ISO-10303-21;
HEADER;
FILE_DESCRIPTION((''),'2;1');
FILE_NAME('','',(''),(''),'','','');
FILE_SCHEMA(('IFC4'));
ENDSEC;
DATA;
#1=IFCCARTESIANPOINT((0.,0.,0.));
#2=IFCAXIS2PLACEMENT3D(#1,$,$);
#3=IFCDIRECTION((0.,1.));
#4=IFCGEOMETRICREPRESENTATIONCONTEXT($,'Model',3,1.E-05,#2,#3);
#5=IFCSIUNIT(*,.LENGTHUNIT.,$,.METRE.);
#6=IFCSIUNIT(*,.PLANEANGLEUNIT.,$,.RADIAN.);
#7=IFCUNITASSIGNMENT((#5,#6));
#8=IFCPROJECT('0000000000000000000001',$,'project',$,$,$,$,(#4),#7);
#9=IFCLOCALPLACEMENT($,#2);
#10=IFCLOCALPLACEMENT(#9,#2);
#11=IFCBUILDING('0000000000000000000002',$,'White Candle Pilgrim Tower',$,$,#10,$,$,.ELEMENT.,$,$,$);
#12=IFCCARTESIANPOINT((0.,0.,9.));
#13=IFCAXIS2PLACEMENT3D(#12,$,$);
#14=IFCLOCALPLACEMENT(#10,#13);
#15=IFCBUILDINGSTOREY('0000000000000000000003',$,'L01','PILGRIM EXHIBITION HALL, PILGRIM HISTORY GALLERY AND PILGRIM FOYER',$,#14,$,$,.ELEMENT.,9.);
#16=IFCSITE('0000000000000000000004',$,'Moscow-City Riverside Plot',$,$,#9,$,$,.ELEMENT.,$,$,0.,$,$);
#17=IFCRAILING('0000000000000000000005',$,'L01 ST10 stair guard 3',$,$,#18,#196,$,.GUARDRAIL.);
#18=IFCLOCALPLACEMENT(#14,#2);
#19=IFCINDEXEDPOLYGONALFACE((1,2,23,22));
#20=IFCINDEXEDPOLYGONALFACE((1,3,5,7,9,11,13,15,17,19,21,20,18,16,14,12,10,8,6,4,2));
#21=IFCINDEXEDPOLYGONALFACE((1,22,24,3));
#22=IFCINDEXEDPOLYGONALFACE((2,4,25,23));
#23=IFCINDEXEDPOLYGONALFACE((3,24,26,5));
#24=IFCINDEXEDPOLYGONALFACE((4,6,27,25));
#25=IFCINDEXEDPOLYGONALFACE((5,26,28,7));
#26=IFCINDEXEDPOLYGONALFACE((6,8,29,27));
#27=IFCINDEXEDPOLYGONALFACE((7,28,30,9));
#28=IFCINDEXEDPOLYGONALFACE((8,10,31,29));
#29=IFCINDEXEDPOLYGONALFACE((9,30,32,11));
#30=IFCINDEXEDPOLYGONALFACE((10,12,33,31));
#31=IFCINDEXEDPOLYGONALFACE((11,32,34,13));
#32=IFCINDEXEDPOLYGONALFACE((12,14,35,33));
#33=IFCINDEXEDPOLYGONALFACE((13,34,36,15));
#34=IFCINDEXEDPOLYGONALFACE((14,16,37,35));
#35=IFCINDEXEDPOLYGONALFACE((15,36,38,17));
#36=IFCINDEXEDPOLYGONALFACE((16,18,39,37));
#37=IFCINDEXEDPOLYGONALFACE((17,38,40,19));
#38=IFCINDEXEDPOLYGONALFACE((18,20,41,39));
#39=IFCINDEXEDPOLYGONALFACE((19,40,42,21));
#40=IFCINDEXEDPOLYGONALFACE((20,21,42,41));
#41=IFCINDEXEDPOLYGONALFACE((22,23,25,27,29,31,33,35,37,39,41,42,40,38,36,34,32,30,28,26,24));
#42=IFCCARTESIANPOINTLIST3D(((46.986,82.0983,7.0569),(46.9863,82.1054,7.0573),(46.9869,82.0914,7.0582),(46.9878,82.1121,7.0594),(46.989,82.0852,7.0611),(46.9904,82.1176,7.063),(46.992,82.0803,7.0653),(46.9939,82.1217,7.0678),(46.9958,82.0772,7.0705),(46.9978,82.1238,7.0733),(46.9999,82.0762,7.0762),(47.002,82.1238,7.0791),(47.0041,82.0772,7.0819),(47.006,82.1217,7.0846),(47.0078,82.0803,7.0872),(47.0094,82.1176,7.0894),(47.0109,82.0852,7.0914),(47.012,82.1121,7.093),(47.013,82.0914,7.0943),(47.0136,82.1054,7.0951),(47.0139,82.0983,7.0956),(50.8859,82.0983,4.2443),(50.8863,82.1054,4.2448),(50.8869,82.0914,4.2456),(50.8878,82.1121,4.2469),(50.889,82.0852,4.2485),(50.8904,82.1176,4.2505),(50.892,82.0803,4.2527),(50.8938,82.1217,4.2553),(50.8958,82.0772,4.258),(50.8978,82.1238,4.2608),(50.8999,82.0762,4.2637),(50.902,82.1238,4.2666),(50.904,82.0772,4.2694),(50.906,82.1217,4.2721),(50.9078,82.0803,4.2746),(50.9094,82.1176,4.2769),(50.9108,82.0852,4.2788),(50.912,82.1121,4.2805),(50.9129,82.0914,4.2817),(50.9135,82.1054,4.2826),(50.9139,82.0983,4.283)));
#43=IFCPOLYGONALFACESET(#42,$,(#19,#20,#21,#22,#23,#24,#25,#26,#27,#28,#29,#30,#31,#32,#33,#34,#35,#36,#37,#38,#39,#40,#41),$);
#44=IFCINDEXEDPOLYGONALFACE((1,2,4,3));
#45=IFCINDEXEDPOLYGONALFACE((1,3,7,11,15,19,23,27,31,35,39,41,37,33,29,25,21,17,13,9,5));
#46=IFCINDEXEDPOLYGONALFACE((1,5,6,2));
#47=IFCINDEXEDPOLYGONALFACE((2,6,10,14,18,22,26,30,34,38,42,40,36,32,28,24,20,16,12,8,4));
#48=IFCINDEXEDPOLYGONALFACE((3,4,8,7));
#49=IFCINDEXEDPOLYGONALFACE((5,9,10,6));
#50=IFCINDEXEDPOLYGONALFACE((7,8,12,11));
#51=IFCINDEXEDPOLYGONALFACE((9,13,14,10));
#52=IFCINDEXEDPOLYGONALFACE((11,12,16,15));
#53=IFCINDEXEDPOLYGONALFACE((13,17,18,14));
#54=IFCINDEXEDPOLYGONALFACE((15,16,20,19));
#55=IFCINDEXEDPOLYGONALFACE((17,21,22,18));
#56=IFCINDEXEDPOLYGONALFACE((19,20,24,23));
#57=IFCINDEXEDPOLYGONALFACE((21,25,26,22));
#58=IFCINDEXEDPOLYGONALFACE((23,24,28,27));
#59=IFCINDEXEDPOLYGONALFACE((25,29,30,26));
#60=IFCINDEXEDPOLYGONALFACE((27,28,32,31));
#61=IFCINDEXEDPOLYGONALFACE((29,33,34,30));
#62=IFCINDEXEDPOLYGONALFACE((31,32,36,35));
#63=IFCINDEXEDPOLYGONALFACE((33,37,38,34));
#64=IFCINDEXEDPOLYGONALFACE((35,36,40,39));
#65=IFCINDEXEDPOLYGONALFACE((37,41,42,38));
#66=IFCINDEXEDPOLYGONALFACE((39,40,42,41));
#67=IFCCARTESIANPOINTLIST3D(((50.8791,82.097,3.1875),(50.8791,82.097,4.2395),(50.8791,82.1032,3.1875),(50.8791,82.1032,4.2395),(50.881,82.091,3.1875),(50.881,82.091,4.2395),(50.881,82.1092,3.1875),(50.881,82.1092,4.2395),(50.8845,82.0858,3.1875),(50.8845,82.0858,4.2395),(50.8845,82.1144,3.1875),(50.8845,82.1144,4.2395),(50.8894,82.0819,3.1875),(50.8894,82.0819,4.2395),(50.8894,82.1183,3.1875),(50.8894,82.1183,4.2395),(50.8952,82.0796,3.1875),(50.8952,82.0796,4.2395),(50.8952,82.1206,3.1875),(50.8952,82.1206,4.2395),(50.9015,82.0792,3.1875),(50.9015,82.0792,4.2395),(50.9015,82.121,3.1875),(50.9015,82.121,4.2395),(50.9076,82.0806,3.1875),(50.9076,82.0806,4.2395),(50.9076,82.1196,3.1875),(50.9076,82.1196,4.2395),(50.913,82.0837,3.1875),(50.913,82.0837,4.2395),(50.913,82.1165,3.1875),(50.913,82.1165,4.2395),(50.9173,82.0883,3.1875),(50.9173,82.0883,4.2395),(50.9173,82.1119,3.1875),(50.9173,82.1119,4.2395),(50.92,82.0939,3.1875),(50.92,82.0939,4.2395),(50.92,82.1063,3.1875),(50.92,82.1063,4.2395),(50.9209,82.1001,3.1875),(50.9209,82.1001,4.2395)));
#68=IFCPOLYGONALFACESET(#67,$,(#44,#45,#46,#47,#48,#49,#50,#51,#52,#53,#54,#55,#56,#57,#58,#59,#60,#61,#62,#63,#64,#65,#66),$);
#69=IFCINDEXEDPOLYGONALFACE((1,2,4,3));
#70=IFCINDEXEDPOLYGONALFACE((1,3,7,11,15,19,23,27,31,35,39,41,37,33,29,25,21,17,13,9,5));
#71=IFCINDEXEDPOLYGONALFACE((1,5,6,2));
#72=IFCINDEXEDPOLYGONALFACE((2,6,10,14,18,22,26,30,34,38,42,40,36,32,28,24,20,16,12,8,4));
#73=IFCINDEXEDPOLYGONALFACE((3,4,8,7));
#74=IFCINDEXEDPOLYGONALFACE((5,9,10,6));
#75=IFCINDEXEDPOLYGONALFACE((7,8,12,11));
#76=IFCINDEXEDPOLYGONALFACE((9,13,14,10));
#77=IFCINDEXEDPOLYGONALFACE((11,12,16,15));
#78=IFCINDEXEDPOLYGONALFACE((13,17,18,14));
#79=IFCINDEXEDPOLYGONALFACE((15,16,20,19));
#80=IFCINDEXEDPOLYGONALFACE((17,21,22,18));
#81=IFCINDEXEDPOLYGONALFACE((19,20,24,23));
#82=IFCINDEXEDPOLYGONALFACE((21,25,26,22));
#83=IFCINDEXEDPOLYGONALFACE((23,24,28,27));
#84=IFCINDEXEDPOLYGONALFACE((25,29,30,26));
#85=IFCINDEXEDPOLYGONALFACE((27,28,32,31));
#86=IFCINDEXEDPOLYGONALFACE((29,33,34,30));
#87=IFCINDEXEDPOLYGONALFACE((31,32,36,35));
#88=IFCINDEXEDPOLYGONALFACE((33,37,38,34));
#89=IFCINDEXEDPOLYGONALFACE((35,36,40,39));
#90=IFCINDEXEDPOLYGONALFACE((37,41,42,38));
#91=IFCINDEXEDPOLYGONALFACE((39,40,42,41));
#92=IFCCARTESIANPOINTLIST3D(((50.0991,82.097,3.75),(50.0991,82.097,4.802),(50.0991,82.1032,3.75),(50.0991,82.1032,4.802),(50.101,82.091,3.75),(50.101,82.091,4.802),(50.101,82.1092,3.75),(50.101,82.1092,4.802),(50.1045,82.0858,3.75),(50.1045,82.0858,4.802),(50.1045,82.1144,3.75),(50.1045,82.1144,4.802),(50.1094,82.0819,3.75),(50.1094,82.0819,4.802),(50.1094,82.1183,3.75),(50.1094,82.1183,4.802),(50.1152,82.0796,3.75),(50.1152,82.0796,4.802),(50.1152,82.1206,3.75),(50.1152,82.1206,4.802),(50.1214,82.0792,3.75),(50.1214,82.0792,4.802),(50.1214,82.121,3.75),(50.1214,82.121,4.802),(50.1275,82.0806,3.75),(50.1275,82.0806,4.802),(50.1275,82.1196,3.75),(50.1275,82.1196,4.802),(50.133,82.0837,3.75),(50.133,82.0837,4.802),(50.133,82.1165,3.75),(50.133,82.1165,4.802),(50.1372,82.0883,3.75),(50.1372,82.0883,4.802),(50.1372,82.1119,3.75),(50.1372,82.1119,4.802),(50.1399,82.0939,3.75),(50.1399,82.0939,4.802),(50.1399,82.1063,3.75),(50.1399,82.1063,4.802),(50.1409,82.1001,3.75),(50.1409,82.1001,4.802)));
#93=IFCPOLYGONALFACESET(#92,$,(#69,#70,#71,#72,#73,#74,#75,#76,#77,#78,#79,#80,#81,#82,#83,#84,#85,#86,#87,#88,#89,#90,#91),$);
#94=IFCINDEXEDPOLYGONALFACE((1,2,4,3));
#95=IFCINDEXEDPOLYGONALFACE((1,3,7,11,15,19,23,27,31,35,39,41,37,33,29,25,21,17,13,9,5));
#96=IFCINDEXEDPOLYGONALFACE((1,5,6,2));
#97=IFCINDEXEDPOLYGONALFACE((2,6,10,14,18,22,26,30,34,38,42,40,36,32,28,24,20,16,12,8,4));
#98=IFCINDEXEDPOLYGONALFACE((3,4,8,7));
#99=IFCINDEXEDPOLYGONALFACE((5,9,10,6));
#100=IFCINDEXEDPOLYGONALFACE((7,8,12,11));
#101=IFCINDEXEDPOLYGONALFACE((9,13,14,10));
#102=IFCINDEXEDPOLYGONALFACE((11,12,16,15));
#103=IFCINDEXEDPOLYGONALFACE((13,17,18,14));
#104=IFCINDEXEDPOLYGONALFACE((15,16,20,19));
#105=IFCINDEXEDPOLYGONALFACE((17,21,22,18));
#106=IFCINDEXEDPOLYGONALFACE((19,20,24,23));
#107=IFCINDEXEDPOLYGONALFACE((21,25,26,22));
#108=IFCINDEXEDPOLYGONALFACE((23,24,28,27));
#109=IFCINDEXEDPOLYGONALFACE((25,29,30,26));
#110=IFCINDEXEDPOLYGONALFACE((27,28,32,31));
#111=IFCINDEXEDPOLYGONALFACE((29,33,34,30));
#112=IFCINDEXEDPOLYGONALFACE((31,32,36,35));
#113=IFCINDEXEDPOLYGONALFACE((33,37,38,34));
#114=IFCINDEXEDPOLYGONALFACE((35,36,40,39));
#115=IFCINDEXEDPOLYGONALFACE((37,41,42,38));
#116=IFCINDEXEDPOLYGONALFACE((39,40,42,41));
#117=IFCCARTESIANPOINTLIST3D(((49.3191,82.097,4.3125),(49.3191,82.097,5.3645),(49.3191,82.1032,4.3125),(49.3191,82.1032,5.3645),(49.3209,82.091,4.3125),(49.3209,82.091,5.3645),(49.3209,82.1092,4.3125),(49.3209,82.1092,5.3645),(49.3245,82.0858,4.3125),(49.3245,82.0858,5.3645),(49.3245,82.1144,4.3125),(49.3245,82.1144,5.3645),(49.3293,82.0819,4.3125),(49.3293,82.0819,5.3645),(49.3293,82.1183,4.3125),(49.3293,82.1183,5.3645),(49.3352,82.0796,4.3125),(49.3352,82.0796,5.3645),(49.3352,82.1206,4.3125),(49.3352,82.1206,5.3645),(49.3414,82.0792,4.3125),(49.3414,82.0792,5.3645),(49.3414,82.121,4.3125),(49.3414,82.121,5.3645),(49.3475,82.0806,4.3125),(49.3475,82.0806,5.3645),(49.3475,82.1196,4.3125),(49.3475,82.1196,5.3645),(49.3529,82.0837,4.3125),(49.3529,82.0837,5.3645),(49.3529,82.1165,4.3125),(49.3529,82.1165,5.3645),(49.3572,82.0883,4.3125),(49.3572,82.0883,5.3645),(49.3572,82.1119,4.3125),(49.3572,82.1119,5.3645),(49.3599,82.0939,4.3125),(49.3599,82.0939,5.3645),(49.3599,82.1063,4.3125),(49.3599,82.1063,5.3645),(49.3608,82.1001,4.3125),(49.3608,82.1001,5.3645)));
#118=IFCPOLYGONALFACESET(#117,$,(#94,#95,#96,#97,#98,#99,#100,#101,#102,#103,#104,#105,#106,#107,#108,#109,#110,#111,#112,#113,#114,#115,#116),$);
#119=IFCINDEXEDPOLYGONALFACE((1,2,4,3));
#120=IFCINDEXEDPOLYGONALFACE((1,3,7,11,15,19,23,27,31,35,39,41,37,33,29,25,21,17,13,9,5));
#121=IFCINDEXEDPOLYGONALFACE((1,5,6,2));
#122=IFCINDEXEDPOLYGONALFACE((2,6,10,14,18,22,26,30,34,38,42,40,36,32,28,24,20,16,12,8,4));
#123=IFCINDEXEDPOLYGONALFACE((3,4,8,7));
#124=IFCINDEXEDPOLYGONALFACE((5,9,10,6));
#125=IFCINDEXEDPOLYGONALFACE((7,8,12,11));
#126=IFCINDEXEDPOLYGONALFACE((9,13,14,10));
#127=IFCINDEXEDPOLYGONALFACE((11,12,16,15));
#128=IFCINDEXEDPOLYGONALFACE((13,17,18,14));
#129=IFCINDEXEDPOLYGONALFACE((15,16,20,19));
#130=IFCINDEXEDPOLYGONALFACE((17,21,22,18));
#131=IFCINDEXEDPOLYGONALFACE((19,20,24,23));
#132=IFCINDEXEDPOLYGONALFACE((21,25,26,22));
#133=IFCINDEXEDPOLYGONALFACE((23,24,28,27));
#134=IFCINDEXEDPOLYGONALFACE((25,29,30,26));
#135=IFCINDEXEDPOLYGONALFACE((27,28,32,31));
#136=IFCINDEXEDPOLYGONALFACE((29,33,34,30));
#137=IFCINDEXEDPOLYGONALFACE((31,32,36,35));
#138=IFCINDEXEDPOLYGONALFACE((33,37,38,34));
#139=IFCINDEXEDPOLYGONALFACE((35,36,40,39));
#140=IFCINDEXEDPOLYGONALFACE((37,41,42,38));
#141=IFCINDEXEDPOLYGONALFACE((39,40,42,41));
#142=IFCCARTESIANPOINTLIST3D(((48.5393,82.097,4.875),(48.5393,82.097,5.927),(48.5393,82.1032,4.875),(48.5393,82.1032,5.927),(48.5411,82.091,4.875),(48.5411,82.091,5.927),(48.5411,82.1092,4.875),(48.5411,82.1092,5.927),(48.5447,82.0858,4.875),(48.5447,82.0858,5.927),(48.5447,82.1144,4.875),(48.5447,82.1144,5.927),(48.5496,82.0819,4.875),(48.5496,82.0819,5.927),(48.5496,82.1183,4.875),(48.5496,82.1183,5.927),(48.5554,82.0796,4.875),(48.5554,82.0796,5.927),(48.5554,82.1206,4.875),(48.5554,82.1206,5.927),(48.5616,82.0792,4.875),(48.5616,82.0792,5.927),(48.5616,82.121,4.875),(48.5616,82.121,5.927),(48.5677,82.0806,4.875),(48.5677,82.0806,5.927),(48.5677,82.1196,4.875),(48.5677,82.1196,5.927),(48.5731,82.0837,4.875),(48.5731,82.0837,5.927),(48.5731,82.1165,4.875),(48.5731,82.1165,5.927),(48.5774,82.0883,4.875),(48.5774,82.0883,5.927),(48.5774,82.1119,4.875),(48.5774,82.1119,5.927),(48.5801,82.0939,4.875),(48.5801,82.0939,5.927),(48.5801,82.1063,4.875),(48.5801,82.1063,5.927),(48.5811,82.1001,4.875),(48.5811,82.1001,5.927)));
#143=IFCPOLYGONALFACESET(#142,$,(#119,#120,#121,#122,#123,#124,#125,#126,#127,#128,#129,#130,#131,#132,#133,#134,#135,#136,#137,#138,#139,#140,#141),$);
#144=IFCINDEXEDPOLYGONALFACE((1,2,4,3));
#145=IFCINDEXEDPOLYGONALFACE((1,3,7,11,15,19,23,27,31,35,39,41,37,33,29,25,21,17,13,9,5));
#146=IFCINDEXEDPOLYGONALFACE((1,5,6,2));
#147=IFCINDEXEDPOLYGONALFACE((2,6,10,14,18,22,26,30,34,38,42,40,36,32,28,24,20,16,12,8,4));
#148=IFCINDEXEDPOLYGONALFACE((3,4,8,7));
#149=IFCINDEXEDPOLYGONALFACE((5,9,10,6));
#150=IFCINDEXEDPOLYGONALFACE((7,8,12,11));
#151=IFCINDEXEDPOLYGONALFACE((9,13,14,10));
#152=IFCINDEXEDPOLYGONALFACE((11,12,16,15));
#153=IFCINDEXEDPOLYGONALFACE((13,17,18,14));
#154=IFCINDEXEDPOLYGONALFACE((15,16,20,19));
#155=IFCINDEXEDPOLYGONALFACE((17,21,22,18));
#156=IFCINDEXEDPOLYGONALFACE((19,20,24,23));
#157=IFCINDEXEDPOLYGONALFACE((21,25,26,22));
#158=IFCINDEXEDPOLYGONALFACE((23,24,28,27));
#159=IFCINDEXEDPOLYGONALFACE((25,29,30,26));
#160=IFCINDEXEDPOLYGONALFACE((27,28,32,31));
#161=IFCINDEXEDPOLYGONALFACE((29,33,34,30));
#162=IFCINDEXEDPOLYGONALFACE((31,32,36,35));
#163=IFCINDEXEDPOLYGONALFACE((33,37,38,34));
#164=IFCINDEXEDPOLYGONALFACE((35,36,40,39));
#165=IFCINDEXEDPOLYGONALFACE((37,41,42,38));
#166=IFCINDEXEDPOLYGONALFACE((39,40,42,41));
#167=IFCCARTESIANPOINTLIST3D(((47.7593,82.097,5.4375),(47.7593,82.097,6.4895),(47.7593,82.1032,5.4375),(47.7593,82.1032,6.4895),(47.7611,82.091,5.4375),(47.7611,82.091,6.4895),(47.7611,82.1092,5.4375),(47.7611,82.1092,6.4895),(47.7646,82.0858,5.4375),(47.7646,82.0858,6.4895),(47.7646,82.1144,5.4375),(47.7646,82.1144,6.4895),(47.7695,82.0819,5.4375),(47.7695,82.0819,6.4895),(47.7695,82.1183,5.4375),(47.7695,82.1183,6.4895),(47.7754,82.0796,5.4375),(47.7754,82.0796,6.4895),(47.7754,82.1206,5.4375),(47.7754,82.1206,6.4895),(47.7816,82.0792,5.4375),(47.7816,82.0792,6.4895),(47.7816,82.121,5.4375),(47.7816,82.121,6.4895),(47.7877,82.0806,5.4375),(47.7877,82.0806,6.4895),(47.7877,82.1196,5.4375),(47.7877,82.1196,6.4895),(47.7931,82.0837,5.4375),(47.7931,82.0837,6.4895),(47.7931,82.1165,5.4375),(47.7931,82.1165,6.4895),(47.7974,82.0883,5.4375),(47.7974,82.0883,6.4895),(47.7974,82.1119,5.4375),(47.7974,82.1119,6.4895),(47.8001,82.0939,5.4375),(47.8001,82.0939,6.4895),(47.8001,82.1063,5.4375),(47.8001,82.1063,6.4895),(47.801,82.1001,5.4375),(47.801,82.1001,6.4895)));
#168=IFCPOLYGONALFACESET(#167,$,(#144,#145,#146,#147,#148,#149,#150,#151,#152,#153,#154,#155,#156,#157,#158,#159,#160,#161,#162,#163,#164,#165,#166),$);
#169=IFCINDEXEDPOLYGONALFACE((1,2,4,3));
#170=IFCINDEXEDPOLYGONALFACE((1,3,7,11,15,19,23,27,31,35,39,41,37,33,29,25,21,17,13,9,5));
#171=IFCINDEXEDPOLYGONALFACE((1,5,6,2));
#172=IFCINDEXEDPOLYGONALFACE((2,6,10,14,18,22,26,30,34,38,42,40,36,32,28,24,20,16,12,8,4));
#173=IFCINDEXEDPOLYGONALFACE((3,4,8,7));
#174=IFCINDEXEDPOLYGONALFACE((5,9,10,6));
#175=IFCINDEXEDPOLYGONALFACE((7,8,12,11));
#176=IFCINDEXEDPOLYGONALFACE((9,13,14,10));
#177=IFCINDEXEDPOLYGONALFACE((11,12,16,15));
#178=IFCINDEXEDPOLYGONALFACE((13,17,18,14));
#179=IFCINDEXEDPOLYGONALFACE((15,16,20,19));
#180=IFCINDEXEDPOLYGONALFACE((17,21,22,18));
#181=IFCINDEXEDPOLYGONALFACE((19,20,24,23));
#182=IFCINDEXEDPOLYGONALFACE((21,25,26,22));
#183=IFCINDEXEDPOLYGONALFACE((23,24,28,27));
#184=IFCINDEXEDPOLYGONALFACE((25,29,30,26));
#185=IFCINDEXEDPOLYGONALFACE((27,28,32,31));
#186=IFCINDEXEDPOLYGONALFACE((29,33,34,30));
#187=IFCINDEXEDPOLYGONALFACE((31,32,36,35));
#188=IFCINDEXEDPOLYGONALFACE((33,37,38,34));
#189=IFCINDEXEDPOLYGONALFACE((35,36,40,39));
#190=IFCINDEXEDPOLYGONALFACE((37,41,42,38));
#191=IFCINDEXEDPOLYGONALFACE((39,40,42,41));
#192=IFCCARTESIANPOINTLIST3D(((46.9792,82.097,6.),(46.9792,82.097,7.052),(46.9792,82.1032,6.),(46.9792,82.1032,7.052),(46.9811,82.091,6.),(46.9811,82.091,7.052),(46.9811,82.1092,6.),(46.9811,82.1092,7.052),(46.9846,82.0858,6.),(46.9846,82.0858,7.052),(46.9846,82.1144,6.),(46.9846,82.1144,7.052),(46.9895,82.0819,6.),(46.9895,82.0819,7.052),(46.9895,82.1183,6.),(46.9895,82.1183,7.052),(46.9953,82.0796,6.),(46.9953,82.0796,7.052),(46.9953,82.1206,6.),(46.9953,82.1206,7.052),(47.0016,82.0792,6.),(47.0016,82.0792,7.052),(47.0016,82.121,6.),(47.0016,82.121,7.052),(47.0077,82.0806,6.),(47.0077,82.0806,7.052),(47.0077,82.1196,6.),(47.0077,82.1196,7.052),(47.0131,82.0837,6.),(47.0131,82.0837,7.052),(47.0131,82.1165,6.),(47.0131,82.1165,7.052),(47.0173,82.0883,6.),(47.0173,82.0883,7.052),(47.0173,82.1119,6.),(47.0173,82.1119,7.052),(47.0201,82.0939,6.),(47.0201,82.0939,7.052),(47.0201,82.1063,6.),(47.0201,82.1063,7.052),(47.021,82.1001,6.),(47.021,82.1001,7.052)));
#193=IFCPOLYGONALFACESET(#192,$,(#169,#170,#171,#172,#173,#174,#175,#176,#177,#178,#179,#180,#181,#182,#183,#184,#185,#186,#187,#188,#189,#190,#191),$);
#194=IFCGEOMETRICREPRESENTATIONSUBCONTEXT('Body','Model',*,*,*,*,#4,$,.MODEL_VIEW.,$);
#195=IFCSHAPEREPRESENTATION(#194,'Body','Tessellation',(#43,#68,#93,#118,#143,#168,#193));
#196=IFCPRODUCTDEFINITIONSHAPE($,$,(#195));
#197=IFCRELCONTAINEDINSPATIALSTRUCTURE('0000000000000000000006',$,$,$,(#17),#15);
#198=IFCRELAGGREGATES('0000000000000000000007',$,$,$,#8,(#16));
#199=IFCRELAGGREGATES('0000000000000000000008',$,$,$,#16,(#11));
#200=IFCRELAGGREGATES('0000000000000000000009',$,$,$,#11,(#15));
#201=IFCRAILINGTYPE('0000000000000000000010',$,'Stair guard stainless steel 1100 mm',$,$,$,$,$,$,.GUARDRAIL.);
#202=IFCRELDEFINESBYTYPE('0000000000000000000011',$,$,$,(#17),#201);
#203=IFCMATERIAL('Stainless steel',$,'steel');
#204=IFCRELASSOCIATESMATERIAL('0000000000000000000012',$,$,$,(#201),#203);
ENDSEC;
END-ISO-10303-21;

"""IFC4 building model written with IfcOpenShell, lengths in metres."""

from ifc_helpers import new_model, si_unit, direction, frame, origin, origin_2d, place, context, subcontext, project, spatial, circle, extrude, material, type_object, element, save


model = new_model("IFC4")

# Units and contexts
model_context = context("Model", 3, precision=1e-05, world=origin(), true_north=direction((0.0, 1.0)))
body_context = subcontext(model_context, "Body", "Model", "MODEL_VIEW")
ifc_project = project(units=[si_unit("LENGTHUNIT", "METRE"), si_unit("PLANEANGLEUNIT", "RADIAN")], contexts=[model_context])

# Site, building, storey
site_placement = place(None, origin())
site = spatial("IfcSite", under=ifc_project, at=site_placement, Name="Moscow-City Riverside Plot", CompositionType="ELEMENT", RefElevation=0.0)
building_placement = place(site_placement, origin())
building = spatial("IfcBuilding", under=site, at=building_placement, Name="White Candle Pilgrim Tower", CompositionType="ELEMENT")
storey_placement = place(building_placement, frame((0.0, 0.0, 9.0)))
storey = spatial("IfcBuildingStorey", under=building, at=storey_placement, Name="L01", Description="PILGRIM EXHIBITION HALL, PILGRIM HISTORY GALLERY AND PILGRIM FOYER", CompositionType="ELEMENT", Elevation=9.0)

# Railing
ifc_material_1 = material(Name="Stainless steel", Category="steel")
railing_type_1 = type_object("IfcRailingType", Name="Stair guard stainless steel 1100 mm", PredefinedType="GUARDRAIL", material=ifc_material_1)
railing_1_placement = place(storey_placement, frame((50.8999, 82.1001, 3.1875)))
element("IfcRailing", 1, at=railing_1_placement, inside=storey, type_object=railing_type_1, Name="L01 ST10 stair guard 3", PredefinedType="GUARDRAIL", context=body_context, shape_type="SweptSolid", body=[
    extrude(circle(Radius=0.0239, at=origin_2d()), frame((0.0, 0.0, 1.0762), z_axis=(-0.811083, 0.0, 0.584931), x_axis=(0.0, -1.0, 0.0)), (0.0, 0.0, 1.0), 4.8083),
    extrude(circle(Radius=0.021, at=origin_2d()), origin(), (0.0, 0.0, 1.0), 1.052),
    extrude(circle(Radius=0.021, at=origin_2d()), frame((-0.78, 0.0, 0.5625)), (0.0, 0.0, 1.0), 1.052),
    extrude(circle(Radius=0.021, at=origin_2d()), frame((-1.5601, 0.0, 1.125)), (0.0, 0.0, 1.0), 1.052),
    extrude(circle(Radius=0.021, at=origin_2d()), frame((-2.3398, 0.0, 1.6875)), (0.0, 0.0, 1.0), 1.052),
    extrude(circle(Radius=0.021, at=origin_2d()), frame((-3.1199, 0.0, 2.25)), (0.0, 0.0, 1.0), 1.052),
    extrude(circle(Radius=0.021, at=origin_2d()), frame((-3.8999, 0.0, 2.8125)), (0.0, 0.0, 1.0), 1.052),
])

save(model, "model.ifc")
